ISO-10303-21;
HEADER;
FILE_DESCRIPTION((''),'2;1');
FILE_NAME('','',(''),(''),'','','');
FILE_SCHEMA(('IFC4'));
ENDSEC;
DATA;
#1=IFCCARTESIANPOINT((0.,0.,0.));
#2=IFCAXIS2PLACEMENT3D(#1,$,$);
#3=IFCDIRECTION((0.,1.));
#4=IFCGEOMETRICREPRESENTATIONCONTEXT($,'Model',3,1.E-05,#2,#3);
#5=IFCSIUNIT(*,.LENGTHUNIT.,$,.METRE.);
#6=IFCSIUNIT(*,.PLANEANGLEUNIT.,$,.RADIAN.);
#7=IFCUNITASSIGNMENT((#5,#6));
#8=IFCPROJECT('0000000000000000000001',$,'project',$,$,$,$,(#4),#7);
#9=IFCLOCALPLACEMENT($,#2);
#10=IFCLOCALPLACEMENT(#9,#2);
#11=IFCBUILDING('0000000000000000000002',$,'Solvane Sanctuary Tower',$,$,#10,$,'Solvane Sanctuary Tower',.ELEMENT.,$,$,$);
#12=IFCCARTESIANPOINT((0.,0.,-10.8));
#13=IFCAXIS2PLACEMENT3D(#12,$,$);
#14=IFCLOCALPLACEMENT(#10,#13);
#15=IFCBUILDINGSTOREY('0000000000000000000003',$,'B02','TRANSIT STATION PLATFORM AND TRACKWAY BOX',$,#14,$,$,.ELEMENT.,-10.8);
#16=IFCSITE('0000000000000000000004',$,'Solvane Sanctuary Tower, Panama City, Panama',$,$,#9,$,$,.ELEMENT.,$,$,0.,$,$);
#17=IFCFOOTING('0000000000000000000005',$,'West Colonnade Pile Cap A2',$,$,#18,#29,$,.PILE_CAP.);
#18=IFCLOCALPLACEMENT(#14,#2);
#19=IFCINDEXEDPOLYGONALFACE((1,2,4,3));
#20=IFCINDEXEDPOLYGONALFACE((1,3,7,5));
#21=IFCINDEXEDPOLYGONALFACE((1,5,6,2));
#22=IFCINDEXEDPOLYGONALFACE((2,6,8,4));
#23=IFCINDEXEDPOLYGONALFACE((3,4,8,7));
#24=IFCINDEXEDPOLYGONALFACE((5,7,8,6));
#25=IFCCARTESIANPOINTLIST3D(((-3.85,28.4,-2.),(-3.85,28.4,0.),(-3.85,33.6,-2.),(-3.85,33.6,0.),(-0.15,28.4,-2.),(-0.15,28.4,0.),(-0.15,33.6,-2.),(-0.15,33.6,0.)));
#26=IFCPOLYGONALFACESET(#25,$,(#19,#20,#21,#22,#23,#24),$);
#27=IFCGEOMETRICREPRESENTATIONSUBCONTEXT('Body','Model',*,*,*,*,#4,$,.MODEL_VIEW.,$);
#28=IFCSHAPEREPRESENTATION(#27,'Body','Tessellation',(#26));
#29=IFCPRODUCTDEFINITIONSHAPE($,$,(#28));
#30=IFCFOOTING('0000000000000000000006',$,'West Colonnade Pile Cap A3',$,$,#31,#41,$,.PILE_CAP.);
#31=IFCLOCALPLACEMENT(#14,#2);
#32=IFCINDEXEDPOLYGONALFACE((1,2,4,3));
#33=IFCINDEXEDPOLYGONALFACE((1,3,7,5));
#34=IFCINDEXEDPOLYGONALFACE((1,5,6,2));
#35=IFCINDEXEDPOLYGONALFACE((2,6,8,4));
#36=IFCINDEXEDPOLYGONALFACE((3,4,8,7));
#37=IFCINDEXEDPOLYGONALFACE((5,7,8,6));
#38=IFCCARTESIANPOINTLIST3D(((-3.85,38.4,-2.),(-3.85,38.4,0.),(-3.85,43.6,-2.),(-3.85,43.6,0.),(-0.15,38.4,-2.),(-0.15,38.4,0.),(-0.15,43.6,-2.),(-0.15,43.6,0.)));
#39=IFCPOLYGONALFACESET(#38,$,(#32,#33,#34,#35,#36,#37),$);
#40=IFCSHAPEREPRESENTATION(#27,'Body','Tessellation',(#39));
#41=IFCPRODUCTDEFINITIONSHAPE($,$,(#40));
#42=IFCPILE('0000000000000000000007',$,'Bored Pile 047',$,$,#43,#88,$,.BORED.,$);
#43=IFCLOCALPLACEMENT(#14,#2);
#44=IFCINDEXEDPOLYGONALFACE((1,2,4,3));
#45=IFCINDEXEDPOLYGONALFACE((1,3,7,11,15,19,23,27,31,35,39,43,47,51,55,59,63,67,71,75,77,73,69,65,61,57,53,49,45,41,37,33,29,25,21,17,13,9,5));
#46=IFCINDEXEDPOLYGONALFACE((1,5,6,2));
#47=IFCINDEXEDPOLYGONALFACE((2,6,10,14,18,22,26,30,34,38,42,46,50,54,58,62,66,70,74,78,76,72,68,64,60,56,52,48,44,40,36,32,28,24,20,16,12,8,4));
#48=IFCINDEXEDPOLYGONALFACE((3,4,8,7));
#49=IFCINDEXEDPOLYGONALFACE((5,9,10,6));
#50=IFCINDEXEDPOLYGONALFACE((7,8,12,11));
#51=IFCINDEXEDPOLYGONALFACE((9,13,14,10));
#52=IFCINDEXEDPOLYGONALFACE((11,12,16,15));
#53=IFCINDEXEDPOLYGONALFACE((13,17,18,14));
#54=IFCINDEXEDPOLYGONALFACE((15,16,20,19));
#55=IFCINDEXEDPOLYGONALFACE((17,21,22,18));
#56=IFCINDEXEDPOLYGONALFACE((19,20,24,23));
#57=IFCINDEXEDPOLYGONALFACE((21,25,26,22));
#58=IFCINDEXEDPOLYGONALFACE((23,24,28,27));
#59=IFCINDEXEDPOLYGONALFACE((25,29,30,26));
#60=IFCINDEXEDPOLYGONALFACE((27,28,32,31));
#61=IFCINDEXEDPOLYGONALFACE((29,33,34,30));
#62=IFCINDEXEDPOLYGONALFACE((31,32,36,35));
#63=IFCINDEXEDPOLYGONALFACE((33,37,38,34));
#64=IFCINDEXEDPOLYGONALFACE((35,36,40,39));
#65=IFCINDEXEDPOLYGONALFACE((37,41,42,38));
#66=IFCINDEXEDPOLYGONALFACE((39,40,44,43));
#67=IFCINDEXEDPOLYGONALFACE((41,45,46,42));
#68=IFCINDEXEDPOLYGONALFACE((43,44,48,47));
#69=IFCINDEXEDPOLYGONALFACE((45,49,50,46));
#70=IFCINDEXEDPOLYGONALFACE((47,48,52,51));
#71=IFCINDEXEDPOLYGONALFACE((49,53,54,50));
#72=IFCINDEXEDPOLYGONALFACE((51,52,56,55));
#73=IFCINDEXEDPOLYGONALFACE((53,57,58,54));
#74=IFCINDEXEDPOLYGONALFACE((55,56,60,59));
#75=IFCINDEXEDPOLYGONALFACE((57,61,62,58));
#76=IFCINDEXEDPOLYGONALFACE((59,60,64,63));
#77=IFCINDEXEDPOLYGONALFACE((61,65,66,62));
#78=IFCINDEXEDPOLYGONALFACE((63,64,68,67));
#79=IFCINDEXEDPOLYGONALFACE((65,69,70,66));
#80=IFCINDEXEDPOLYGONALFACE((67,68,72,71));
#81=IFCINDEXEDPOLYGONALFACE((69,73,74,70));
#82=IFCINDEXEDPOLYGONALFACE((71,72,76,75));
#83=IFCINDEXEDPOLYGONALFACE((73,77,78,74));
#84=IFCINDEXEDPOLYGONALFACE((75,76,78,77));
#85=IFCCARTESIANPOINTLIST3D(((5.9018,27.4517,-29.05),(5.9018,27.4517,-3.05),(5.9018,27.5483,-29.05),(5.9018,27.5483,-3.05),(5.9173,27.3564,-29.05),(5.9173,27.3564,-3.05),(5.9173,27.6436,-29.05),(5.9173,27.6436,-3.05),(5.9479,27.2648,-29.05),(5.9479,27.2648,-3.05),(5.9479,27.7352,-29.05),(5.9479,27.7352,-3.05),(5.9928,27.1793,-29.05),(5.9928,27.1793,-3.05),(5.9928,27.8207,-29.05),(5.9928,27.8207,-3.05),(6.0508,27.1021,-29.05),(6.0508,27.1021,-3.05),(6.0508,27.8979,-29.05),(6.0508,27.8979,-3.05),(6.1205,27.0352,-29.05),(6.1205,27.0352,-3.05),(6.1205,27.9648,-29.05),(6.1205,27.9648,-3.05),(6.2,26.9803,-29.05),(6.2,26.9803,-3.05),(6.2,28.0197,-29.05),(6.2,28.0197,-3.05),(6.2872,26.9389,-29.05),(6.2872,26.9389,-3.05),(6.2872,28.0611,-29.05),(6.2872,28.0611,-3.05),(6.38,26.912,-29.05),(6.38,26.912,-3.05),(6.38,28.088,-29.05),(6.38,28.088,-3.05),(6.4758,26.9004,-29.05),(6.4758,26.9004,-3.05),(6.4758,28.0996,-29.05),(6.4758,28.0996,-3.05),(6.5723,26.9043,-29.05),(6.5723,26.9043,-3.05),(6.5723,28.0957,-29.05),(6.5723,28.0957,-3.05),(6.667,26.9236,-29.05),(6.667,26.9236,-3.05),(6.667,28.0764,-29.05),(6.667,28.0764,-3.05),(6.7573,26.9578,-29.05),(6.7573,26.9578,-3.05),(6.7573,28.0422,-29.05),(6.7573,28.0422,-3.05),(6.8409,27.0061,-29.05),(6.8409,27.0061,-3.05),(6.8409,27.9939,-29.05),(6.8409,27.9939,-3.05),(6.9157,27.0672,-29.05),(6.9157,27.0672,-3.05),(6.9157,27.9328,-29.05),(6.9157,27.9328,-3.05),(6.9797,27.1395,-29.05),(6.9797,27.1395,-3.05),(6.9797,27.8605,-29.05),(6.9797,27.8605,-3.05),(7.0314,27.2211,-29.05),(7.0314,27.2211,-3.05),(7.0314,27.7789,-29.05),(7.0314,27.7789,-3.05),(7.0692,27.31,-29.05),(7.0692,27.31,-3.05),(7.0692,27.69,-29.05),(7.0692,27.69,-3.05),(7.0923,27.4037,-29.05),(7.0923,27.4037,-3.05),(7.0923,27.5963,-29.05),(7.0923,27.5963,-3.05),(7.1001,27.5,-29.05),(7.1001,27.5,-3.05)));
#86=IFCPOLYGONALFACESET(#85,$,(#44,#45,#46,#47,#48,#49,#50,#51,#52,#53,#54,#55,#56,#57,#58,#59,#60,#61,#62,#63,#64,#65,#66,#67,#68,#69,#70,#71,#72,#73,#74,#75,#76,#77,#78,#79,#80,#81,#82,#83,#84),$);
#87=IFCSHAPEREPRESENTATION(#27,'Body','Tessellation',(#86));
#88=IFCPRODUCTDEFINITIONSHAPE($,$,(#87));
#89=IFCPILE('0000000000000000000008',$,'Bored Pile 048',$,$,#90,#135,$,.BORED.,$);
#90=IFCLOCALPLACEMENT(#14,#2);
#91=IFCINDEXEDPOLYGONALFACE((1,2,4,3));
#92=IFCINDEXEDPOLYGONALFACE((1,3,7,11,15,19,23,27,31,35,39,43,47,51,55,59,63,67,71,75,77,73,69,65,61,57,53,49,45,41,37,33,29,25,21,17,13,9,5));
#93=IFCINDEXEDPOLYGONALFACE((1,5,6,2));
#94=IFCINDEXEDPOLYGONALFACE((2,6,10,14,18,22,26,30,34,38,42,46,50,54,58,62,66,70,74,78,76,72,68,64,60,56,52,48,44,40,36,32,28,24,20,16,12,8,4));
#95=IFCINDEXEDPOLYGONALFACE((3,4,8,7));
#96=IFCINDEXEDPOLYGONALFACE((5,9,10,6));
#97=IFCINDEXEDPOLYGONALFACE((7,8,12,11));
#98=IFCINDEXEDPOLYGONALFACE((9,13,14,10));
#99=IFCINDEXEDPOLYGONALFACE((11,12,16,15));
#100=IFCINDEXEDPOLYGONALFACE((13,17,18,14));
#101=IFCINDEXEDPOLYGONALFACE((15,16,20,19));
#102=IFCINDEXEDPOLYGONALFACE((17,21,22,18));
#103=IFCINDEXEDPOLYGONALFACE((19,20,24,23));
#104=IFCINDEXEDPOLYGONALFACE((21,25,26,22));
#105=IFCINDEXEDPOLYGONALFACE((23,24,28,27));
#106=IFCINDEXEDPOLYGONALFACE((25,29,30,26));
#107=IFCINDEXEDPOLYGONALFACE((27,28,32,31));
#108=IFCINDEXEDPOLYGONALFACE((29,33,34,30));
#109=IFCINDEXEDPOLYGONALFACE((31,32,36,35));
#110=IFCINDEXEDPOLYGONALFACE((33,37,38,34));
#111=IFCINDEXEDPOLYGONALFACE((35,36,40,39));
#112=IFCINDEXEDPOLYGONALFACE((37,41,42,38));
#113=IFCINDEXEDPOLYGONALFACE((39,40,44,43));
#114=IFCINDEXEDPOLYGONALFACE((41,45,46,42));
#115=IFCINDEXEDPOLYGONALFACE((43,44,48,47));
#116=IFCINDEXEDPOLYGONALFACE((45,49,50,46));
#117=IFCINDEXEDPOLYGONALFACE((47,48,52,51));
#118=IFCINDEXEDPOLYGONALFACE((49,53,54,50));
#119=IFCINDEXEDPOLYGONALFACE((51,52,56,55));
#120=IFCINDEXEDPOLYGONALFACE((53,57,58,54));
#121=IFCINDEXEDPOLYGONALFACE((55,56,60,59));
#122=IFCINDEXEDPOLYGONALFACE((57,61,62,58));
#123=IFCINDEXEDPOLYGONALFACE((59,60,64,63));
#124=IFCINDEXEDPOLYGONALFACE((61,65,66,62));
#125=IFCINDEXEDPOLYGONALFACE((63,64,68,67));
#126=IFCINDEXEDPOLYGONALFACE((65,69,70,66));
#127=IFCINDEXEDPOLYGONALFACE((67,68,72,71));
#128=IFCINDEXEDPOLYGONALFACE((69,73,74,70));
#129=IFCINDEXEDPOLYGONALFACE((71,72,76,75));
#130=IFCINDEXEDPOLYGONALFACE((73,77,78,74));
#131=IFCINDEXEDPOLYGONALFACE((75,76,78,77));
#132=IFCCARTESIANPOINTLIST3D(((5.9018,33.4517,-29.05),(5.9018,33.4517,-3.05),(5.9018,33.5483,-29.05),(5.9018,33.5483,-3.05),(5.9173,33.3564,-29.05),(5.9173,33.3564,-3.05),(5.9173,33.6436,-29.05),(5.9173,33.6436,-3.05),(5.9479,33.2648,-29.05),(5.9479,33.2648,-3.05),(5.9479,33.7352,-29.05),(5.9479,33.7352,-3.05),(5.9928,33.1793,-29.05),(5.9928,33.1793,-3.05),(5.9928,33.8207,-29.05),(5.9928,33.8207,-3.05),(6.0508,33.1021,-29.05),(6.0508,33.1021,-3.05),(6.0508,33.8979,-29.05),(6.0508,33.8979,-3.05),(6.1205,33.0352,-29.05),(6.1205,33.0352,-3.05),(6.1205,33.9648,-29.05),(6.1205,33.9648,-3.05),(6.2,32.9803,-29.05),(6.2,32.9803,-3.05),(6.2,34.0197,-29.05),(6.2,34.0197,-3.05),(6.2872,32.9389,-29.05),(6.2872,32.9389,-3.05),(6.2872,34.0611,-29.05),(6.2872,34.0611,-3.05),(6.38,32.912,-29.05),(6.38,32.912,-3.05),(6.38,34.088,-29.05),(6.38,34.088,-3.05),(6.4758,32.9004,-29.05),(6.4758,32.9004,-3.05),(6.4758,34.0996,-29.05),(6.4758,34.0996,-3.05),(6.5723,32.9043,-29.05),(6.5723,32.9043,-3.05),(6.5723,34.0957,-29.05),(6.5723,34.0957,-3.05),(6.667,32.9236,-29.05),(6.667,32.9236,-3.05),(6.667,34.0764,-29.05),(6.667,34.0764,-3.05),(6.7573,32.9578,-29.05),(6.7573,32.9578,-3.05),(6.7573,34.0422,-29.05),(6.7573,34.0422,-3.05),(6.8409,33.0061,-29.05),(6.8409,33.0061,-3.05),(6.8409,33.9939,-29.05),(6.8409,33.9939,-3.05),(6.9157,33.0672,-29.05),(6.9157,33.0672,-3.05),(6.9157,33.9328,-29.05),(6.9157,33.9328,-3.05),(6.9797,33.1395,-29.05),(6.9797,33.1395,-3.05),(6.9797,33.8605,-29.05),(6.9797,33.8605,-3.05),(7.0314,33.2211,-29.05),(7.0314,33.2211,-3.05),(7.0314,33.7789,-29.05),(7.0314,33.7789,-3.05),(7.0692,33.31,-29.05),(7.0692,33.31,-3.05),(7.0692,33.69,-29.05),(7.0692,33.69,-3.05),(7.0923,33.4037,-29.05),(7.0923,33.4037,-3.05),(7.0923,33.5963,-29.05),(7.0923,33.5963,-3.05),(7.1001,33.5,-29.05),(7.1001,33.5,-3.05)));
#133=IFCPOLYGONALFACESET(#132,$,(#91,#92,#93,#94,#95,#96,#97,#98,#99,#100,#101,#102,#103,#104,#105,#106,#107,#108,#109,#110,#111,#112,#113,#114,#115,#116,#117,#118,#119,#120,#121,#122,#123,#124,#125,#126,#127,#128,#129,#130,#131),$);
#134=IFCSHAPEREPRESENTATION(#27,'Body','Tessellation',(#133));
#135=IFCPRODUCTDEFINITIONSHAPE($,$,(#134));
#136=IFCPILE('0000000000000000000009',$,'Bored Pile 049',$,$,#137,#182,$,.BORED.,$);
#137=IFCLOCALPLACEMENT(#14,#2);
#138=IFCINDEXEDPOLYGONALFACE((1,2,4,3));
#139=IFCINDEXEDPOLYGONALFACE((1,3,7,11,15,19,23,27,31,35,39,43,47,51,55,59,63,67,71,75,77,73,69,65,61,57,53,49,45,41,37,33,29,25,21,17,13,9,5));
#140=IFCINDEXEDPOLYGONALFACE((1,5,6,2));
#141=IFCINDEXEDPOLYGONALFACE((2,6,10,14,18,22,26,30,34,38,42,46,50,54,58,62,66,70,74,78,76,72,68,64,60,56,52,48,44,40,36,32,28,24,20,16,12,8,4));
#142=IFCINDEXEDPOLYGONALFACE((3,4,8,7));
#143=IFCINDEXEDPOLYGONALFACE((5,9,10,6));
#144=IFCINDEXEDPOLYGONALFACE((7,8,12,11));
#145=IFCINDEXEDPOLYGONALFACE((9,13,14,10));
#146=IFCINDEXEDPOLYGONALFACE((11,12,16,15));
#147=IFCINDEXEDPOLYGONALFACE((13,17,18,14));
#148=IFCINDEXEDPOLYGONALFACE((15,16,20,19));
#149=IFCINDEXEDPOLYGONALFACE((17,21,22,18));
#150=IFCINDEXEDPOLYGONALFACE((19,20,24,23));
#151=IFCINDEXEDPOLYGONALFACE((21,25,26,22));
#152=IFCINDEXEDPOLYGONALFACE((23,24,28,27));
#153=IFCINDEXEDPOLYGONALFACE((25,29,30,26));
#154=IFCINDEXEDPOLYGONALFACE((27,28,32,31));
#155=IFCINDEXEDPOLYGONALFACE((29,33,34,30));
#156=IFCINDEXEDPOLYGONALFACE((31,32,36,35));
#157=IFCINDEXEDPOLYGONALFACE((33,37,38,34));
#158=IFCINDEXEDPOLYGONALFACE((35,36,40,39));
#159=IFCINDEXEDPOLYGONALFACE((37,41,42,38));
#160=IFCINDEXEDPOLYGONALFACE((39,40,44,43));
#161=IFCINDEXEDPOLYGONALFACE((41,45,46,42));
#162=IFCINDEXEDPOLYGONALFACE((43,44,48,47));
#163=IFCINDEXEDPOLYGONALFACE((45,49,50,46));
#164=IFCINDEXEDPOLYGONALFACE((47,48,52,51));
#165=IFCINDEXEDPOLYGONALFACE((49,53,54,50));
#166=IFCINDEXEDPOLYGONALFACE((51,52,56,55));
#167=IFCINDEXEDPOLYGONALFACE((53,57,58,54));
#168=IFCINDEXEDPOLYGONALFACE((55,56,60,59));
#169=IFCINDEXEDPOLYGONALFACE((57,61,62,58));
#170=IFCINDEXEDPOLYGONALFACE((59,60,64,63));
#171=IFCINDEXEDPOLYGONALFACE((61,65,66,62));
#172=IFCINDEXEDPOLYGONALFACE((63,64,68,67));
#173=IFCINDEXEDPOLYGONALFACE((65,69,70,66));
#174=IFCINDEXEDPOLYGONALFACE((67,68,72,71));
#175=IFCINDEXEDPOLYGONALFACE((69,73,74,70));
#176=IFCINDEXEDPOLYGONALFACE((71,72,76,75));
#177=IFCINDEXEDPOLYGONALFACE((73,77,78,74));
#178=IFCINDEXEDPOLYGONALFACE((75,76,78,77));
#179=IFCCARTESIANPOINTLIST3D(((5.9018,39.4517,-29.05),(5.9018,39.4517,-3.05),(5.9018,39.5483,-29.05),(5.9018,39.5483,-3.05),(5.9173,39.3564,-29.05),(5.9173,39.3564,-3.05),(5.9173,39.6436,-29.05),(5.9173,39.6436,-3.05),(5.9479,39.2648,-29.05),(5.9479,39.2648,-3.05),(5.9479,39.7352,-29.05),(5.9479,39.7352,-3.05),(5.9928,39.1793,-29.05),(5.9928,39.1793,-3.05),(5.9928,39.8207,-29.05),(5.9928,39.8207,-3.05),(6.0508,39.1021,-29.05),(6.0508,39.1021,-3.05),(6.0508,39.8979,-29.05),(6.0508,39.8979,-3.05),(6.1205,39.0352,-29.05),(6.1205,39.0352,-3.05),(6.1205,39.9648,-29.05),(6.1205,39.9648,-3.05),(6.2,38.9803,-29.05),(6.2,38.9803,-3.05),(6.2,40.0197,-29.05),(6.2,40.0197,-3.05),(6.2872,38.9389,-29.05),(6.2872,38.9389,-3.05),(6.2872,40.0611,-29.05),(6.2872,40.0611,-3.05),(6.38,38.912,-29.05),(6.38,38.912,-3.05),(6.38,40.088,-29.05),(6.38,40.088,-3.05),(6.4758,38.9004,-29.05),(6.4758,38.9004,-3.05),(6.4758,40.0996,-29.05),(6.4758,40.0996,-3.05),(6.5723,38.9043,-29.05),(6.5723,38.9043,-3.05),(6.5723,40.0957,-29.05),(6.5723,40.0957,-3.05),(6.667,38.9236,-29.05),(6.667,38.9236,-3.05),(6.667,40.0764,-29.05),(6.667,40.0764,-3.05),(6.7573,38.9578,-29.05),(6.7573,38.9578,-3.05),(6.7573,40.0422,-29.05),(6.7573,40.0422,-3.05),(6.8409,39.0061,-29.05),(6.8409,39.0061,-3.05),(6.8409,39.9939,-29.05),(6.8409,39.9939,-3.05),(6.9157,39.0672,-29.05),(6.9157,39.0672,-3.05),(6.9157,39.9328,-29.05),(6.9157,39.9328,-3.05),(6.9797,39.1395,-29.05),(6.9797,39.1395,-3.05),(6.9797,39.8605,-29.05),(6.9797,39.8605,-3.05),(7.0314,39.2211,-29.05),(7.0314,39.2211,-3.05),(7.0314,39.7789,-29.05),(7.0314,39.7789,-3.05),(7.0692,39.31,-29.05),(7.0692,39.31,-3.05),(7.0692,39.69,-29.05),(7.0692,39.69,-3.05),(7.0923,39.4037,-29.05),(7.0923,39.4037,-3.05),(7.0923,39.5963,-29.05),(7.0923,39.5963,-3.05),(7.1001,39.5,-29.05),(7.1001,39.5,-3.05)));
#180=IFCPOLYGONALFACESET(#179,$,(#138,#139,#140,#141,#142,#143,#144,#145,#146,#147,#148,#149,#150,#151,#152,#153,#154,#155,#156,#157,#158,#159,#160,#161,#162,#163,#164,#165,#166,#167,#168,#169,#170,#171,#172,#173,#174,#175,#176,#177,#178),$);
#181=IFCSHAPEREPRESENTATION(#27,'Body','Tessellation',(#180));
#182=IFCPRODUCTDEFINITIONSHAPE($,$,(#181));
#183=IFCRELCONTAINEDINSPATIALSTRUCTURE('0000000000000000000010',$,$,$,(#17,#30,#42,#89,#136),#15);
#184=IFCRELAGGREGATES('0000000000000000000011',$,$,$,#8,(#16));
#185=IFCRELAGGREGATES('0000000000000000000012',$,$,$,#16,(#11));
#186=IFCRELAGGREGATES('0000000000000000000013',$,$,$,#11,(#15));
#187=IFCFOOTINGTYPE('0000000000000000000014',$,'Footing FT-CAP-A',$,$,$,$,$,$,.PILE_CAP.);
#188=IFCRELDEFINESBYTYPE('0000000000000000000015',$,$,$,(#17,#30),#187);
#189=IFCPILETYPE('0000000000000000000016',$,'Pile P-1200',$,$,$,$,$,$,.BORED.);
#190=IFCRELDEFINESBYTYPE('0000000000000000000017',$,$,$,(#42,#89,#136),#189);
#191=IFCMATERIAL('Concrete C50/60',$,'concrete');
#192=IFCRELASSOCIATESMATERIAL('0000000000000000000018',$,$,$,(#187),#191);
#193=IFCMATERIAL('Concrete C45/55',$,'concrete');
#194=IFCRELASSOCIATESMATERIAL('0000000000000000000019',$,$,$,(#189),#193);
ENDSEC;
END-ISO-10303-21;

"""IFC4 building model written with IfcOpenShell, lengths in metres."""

from ifc_helpers import new_model, si_unit, direction, frame, origin, origin_2d, place, context, subcontext, project, spatial, rectangle, circle, extrude, material, material_profile, profile_set, type_object, element, save


model = new_model("IFC4")

# Units and contexts
model_context = context("Model", 3, precision=1e-05, world=origin(), true_north=direction((0.0, 1.0)))
body_context = subcontext(model_context, "Body", "Model", "MODEL_VIEW")
ifc_project = project(units=[si_unit("LENGTHUNIT", "METRE"), si_unit("PLANEANGLEUNIT", "RADIAN")], contexts=[model_context])

# Site, building, storey
site_placement = place(None, origin())
site = spatial("IfcSite", under=ifc_project, at=site_placement, Name="Solvane Sanctuary Tower, Panama City, Panama", CompositionType="ELEMENT", RefElevation=0.0)
building_placement = place(site_placement, origin())
building = spatial("IfcBuilding", under=site, at=building_placement, Name="Solvane Sanctuary Tower", LongName="Solvane Sanctuary Tower", CompositionType="ELEMENT")
storey_placement = place(building_placement, frame((0.0, 0.0, -10.8)))
storey = spatial("IfcBuildingStorey", under=building, at=storey_placement, Name="B02", Description="TRANSIT STATION PLATFORM AND TRACKWAY BOX", CompositionType="ELEMENT", Elevation=-10.8)

# Footings
ifc_material_1 = material(Name="Concrete C50/60", Category="concrete")
footing_type = type_object("IfcFootingType", Name="Footing FT-CAP-A", PredefinedType="PILE_CAP", material=ifc_material_1)
for number, where, z_axis, x_axis, name in (
    (1, (-2.0, 31.0, -2.0), (0.0, 0.0, 1.0), (1.0, 0.0, 0.0), "West Colonnade Pile Cap A2"),
    (2, (-2.0, 41.0, -2.0), (0.0, 0.0, 1.0), (1.0, 0.0, 0.0), "West Colonnade Pile Cap A3"),
):
    element("IfcFooting", number, at=place(storey_placement, frame(where, z_axis=z_axis, x_axis=x_axis)), inside=storey, type_object=footing_type, Name=name, PredefinedType="PILE_CAP", context=body_context, shape_type="SweptSolid", body=[
        extrude(rectangle(XDim=3.7, YDim=5.2, at=origin_2d()), origin(), (0.0, 0.0, 1.0), 2.0),
    ])

# Piles
ifc_material_2 = material(Name="Concrete C45/55", Category="concrete")
ifc_material_profile_1 = material_profile(ifc_material_2, circle(Radius=0.6001, at=origin_2d()), Name="PILE1200")
ifc_profile_set_1 = profile_set([ifc_material_profile_1], Name="Concrete C45/55")
pile_type_1 = type_object("IfcPileType", Name="Pile P-1200", PredefinedType="BORED", material=ifc_profile_set_1)
for number, where, z_axis, x_axis, name in (
    (3, (6.5, 27.5, -3.05), (0.0, 0.0, -1.0), (1.0, 0.0, 0.0), "Bored Pile 047"),
    (4, (6.5, 33.5, -3.05), (0.0, 0.0, -1.0), (1.0, 0.0, 0.0), "Bored Pile 048"),
    (5, (6.5, 39.5, -3.05), (0.0, 0.0, -1.0), (1.0, 0.0, 0.0), "Bored Pile 049"),
):
    element("IfcPile", number, at=place(storey_placement, frame(where, z_axis=z_axis, x_axis=x_axis)), inside=storey, type_object=pile_type_1, Name=name, PredefinedType="BORED", context=body_context, shape_type="SweptSolid", body=[
        extrude(circle(Radius=0.6001, at=origin_2d()), origin(), (0.0, 0.0, 1.0), 26.0),
    ])

save(model, "model.ifc")
